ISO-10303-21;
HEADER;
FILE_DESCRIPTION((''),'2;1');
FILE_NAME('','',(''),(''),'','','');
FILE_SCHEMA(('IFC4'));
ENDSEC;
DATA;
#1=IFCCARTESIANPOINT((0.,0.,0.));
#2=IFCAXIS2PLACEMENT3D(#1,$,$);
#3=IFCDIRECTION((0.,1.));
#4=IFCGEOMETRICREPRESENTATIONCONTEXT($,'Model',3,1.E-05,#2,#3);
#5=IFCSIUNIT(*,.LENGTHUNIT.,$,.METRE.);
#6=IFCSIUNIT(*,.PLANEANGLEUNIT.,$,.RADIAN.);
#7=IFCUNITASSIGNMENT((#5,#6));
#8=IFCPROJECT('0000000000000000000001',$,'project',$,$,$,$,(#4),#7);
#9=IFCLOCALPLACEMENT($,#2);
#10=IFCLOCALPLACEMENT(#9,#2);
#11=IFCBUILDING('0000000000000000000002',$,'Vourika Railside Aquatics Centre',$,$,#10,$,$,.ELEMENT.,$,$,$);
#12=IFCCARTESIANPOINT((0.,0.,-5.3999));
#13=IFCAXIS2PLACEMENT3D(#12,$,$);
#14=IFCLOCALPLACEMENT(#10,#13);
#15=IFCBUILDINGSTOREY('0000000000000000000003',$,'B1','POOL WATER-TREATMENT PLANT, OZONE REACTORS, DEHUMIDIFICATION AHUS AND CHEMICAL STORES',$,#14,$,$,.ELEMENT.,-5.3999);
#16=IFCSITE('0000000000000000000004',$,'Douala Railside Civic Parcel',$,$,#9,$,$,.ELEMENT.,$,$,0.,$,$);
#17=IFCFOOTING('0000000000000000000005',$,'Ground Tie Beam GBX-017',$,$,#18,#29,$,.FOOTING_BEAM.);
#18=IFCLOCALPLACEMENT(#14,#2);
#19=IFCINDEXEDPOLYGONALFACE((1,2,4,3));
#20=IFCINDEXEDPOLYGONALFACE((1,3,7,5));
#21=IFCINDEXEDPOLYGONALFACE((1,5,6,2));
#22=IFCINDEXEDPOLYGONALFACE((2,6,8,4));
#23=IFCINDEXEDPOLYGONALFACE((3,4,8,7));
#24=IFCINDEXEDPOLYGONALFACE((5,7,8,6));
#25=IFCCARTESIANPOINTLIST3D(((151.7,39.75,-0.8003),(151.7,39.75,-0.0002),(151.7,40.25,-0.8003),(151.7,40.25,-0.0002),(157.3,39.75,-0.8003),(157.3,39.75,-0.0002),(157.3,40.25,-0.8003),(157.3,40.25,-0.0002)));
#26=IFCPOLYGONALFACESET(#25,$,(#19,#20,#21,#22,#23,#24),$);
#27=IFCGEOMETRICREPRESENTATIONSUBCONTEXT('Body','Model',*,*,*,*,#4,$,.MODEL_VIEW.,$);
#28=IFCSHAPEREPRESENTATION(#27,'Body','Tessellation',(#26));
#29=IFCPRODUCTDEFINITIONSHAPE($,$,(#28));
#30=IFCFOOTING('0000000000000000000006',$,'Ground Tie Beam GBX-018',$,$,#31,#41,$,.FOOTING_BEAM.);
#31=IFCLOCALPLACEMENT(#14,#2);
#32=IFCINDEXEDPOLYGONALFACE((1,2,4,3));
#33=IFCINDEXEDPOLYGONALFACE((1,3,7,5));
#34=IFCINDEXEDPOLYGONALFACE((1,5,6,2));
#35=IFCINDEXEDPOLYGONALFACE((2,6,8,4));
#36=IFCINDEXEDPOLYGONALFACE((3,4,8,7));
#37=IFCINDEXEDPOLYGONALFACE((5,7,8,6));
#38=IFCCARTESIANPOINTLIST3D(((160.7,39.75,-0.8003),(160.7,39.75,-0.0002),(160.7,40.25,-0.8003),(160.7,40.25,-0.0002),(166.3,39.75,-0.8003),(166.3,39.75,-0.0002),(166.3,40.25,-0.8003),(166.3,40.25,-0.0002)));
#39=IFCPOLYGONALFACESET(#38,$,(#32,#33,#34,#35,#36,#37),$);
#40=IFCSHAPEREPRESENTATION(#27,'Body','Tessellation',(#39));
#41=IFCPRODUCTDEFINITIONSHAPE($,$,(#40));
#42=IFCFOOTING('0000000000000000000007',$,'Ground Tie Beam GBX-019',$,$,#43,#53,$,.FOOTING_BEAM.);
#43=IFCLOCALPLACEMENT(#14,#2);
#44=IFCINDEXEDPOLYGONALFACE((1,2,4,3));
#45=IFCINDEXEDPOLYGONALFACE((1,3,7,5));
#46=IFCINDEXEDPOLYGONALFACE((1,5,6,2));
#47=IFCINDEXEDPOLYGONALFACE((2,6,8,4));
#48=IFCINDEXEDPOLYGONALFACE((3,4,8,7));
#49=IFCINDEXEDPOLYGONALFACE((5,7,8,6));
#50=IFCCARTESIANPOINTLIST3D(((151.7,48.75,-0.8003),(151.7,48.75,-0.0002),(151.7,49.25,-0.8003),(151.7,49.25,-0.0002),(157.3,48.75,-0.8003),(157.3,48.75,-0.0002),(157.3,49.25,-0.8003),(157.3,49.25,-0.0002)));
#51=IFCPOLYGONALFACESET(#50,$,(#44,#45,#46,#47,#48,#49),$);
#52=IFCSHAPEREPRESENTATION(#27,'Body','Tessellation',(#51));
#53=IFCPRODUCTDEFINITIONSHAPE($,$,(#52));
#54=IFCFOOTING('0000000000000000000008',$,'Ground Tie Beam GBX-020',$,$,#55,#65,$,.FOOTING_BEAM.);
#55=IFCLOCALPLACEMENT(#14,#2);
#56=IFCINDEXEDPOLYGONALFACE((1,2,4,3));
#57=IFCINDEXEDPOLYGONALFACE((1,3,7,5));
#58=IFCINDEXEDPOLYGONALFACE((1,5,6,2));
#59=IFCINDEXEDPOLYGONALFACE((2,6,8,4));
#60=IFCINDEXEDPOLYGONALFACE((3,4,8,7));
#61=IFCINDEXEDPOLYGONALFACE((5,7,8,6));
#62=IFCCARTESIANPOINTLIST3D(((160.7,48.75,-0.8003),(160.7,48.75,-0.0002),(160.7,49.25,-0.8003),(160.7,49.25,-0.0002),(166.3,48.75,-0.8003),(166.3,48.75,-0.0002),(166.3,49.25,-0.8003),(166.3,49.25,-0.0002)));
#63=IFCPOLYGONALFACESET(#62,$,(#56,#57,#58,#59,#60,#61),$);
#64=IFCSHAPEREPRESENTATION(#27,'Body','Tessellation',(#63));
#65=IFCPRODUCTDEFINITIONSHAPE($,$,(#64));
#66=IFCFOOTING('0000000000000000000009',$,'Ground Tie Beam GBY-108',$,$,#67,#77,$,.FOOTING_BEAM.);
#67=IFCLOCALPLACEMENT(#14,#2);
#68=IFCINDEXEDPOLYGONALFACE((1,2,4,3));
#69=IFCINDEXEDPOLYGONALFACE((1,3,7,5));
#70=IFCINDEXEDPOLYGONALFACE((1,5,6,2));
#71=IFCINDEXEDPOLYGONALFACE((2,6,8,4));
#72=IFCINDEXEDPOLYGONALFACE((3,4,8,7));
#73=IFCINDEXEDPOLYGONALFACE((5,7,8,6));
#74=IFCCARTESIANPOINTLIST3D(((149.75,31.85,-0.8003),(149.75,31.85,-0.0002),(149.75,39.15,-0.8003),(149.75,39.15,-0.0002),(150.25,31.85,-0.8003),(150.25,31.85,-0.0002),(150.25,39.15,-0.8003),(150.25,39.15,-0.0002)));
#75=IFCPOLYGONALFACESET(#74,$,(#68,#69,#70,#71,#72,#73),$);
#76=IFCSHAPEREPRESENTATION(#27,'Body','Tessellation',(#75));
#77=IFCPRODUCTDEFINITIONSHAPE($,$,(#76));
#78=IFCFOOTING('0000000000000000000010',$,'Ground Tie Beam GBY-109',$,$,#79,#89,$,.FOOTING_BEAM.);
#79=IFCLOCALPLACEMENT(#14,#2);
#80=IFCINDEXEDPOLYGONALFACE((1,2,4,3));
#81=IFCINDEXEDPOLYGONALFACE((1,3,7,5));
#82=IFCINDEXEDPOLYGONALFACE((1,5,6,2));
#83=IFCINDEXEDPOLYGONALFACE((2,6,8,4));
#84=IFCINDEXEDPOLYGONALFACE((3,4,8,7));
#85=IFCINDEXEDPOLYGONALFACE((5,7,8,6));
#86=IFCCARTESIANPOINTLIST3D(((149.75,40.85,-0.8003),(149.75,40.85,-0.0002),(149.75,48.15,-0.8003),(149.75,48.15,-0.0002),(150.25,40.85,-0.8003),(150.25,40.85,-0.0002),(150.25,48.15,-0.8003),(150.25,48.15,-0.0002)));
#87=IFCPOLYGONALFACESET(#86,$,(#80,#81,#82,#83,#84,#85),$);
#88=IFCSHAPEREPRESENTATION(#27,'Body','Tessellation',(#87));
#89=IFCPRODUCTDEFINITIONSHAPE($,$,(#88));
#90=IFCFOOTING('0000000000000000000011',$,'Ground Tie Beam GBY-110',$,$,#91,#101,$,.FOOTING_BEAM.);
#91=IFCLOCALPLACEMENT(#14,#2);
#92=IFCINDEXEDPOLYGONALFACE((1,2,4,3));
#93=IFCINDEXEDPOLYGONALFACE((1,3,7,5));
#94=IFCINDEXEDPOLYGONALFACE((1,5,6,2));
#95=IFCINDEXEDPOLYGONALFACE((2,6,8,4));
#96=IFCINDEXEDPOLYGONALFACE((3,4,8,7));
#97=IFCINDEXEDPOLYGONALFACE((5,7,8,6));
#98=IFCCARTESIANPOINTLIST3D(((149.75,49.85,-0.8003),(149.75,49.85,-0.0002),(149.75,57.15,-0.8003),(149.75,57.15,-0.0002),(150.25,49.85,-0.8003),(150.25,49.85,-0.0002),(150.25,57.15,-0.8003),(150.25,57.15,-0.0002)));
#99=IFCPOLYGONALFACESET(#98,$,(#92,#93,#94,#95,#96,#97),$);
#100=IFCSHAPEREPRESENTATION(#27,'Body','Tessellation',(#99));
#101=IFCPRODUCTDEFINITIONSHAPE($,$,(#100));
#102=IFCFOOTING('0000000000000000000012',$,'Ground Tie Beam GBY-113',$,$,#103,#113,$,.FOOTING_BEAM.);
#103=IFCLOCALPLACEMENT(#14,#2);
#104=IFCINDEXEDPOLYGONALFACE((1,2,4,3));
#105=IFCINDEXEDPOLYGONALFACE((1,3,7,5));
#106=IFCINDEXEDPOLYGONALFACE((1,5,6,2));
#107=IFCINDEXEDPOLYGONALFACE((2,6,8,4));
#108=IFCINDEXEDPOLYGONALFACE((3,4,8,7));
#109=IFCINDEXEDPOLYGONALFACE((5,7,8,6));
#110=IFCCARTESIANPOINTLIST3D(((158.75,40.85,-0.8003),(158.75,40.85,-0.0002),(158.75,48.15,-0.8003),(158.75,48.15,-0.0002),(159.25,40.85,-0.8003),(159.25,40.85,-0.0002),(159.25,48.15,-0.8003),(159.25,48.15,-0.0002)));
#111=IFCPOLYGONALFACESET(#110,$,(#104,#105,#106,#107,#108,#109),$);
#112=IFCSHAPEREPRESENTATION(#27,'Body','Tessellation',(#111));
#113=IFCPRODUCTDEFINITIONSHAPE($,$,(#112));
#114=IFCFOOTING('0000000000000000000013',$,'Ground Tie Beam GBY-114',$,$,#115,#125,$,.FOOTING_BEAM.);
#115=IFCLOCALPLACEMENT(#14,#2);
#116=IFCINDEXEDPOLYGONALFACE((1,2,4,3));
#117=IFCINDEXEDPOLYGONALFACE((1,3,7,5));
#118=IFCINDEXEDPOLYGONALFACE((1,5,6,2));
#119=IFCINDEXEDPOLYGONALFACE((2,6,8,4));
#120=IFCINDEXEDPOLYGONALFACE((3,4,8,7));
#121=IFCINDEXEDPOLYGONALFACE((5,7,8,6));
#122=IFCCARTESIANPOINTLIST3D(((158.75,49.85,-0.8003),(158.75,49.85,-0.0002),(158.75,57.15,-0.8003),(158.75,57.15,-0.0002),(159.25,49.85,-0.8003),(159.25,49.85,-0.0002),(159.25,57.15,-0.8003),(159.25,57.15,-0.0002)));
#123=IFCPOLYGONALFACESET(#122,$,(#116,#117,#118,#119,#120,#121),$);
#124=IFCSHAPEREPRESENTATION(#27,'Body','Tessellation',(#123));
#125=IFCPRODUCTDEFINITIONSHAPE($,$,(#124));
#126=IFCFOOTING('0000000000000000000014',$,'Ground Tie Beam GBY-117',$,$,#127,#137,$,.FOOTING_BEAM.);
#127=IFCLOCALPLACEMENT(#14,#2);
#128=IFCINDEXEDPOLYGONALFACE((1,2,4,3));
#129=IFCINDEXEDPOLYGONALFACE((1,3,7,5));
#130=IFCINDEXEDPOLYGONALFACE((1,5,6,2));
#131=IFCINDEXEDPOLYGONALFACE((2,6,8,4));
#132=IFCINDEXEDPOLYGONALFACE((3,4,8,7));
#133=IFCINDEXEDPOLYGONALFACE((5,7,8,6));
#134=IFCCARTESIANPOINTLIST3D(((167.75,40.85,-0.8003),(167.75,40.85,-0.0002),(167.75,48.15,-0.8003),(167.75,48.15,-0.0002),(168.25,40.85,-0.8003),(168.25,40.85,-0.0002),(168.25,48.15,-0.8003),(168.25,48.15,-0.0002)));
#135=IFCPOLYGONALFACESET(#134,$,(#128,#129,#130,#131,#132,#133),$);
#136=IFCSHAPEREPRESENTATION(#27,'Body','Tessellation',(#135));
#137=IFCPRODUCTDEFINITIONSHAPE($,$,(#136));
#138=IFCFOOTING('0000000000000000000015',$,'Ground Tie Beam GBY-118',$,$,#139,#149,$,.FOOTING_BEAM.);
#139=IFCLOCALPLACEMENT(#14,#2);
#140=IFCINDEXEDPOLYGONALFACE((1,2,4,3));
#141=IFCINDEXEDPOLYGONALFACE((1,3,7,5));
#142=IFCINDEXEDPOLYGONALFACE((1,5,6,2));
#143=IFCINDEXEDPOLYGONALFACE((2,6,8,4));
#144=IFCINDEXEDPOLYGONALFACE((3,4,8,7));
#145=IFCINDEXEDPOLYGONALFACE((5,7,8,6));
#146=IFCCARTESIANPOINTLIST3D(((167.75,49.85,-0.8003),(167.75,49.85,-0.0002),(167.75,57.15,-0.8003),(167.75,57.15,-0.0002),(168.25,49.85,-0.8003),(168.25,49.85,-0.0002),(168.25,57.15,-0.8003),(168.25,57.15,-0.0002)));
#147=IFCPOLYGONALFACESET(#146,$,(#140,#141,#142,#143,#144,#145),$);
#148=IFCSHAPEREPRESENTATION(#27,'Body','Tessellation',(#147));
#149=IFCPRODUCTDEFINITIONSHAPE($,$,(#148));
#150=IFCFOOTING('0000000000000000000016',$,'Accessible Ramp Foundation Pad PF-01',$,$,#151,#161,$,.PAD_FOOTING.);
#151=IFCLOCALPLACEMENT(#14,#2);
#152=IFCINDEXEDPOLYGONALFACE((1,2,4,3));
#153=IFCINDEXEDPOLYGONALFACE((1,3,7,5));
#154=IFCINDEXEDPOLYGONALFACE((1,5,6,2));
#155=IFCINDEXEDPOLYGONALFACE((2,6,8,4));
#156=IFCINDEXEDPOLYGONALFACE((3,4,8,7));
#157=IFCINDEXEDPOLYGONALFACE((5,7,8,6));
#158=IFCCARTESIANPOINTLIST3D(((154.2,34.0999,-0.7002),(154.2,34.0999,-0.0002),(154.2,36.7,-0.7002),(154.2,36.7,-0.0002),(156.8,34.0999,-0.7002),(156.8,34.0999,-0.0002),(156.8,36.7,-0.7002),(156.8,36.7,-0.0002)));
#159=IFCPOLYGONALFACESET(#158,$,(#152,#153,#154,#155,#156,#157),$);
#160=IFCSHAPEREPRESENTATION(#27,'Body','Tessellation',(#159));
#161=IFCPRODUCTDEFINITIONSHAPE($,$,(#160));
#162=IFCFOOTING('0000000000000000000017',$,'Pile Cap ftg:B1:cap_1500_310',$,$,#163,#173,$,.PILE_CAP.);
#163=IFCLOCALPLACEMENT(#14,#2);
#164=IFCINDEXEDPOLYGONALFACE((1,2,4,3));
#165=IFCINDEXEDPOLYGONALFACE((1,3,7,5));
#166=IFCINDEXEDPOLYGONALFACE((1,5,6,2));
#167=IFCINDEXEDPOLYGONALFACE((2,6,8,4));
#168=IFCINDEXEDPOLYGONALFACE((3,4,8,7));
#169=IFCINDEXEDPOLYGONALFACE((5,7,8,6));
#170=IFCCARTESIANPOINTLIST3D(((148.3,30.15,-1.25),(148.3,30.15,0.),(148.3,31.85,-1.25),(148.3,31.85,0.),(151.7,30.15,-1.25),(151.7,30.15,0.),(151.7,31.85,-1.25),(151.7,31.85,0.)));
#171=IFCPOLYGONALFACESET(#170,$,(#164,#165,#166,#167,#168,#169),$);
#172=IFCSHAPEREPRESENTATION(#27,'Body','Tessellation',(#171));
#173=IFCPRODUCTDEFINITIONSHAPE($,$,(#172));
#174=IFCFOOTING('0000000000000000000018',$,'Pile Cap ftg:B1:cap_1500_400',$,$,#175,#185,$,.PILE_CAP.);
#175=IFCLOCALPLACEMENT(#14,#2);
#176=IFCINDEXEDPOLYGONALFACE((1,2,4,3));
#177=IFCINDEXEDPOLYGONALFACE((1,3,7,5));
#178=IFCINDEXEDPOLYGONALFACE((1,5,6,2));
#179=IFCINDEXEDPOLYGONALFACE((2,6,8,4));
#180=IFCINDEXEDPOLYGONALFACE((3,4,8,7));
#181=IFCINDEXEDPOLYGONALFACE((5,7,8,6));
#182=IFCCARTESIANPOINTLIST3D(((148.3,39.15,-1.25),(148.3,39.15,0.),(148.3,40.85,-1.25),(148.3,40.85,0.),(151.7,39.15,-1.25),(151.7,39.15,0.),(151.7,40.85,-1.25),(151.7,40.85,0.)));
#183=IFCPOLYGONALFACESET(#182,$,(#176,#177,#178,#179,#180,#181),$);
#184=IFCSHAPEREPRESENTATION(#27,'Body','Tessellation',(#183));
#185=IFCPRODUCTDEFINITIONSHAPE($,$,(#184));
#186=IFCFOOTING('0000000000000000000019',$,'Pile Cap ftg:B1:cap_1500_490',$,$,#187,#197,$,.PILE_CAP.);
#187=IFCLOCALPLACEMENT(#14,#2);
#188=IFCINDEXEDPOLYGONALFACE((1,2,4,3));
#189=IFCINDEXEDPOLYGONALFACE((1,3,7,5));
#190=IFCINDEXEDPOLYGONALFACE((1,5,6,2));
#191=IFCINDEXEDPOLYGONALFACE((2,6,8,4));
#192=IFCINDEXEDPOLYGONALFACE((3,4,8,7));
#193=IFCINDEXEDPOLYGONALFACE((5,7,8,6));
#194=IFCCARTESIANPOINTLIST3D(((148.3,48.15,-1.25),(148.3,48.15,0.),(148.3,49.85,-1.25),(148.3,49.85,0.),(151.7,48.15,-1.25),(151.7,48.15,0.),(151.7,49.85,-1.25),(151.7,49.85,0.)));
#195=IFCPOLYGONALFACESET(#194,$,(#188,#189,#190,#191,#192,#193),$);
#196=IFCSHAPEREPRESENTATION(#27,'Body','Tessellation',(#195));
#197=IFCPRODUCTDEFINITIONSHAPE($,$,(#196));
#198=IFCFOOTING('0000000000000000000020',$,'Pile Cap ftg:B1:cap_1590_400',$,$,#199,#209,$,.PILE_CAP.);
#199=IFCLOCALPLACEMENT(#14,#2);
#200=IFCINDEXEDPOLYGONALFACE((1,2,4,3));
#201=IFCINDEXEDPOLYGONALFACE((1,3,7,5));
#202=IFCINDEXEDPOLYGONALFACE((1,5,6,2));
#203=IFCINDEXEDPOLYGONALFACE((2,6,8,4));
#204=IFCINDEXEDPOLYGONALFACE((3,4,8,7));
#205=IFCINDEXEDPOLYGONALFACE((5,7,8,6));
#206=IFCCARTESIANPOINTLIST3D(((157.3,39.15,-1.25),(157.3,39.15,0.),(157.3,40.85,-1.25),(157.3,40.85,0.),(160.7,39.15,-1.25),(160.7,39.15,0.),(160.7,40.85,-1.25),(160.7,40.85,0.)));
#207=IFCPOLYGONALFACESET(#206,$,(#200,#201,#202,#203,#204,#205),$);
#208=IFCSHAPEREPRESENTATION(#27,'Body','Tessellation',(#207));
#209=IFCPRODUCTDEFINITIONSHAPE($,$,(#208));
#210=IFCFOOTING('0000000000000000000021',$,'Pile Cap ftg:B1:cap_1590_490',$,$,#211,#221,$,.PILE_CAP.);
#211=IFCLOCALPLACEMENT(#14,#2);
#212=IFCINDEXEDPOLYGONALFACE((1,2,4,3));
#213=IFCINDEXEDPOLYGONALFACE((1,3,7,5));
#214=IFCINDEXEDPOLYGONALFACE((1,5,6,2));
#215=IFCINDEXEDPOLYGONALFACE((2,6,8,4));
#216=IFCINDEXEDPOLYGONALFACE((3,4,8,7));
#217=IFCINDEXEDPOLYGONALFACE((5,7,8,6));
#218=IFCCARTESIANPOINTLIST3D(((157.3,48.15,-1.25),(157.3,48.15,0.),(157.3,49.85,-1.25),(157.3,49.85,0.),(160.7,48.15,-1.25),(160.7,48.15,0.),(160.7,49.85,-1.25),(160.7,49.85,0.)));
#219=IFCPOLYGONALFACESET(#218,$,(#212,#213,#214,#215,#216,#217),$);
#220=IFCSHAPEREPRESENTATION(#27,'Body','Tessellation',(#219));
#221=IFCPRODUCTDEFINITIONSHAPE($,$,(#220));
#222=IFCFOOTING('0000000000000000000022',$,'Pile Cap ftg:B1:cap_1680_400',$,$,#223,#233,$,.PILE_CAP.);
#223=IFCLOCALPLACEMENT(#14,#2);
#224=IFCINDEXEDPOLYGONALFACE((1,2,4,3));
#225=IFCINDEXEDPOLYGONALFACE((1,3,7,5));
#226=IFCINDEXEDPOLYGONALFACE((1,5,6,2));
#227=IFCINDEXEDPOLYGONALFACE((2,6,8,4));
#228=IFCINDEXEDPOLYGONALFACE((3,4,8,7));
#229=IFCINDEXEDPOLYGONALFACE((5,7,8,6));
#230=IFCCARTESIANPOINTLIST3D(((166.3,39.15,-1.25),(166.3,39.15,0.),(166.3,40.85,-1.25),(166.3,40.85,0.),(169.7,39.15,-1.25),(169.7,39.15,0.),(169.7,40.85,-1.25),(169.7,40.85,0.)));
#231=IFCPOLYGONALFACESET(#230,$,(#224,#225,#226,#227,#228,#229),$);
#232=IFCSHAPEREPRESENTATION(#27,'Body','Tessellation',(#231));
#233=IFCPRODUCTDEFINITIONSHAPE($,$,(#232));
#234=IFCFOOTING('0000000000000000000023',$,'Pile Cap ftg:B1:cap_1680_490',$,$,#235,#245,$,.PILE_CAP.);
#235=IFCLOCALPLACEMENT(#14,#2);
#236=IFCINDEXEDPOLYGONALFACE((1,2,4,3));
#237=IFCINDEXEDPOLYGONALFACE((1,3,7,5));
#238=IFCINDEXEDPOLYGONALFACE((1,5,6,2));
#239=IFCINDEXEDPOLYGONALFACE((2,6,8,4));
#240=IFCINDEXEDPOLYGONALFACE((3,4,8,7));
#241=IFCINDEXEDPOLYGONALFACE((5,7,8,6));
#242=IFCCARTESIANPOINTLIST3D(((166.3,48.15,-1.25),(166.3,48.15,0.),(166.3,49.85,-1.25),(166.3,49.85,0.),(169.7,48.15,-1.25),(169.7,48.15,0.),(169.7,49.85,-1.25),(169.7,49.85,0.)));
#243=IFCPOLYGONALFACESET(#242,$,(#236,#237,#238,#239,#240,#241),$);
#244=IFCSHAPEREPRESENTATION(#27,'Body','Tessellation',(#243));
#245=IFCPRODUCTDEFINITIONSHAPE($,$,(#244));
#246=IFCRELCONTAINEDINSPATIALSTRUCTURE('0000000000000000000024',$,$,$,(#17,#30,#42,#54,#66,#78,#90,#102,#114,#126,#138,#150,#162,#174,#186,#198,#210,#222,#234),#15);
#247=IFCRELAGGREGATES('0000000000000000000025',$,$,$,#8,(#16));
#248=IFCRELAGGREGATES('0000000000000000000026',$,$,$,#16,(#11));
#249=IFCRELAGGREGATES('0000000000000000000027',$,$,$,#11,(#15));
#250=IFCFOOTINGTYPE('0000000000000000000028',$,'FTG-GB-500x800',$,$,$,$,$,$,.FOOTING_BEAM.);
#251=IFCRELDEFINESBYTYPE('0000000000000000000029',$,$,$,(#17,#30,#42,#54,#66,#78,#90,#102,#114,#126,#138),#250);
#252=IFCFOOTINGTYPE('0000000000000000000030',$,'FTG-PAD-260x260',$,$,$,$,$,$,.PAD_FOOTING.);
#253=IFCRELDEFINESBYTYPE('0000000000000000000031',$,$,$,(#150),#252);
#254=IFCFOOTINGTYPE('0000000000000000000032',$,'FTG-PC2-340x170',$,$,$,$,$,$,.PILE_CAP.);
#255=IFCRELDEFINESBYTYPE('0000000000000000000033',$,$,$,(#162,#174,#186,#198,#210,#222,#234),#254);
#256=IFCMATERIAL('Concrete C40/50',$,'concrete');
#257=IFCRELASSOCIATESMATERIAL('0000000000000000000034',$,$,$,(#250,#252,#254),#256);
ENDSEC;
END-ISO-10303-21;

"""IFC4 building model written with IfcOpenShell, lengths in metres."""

from ifc_helpers import new_model, si_unit, direction, frame, origin, origin_2d, place, context, subcontext, project, spatial, rectangle, extrude, material, type_object, element, save


model = new_model("IFC4")

# Units and contexts
model_context = context("Model", 3, precision=1e-05, world=origin(), true_north=direction((0.0, 1.0)))
body_context = subcontext(model_context, "Body", "Model", "MODEL_VIEW")
ifc_project = project(units=[si_unit("LENGTHUNIT", "METRE"), si_unit("PLANEANGLEUNIT", "RADIAN")], contexts=[model_context])

# Site, building, storey
site_placement = place(None, origin())
site = spatial("IfcSite", under=ifc_project, at=site_placement, Name="Douala Railside Civic Parcel", CompositionType="ELEMENT", RefElevation=0.0)
building_placement = place(site_placement, origin())
building = spatial("IfcBuilding", under=site, at=building_placement, Name="Vourika Railside Aquatics Centre", CompositionType="ELEMENT")
storey_placement = place(building_placement, frame((0.0, 0.0, -5.3999)))
storey = spatial("IfcBuildingStorey", under=building, at=storey_placement, Name="B1", Description="POOL WATER-TREATMENT PLANT, OZONE REACTORS, DEHUMIDIFICATION AHUS AND CHEMICAL STORES", CompositionType="ELEMENT", Elevation=-5.3999)

# Footings
ifc_material_1 = material(Name="Concrete C40/50", Category="concrete")
footing_type_1 = type_object("IfcFootingType", Name="FTG-GB-500x800", PredefinedType="FOOTING_BEAM", material=ifc_material_1)
for number, where, z_axis, x_axis, name in (
    (1, (154.5, 40.0, -0.8003), (0.0, 0.0, 1.0), (1.0, 0.0, 0.0), "Ground Tie Beam GBX-017"),
    (2, (163.5, 40.0, -0.8003), (0.0, 0.0, 1.0), (1.0, 0.0, 0.0), "Ground Tie Beam GBX-018"),
    (3, (154.5, 49.0, -0.8003), (0.0, 0.0, 1.0), (1.0, 0.0, 0.0), "Ground Tie Beam GBX-019"),
    (4, (163.5, 49.0, -0.8003), (0.0, 0.0, 1.0), (1.0, 0.0, 0.0), "Ground Tie Beam GBX-020"),
):
    element("IfcFooting", number, at=place(storey_placement, frame(where, z_axis=z_axis, x_axis=x_axis)), inside=storey, type_object=footing_type_1, Name=name, PredefinedType="FOOTING_BEAM", context=body_context, shape_type="SweptSolid", body=[
        extrude(rectangle(XDim=5.6001, YDim=0.5, at=origin_2d()), origin(), (0.0, 0.0, 1.0), 0.8),
    ])
for number, where, z_axis, x_axis, name in (
    (5, (150.0, 35.5, -0.8003), (0.0, 0.0, 1.0), (0.0, 1.0, 0.0), "Ground Tie Beam GBY-108"),
    (6, (150.0, 44.5, -0.8003), (0.0, 0.0, 1.0), (0.0, 1.0, 0.0), "Ground Tie Beam GBY-109"),
    (7, (150.0, 53.5, -0.8003), (0.0, 0.0, 1.0), (0.0, 1.0, 0.0), "Ground Tie Beam GBY-110"),
    (8, (159.0, 44.5, -0.8003), (0.0, 0.0, 1.0), (0.0, 1.0, 0.0), "Ground Tie Beam GBY-113"),
    (9, (159.0, 53.5, -0.8003), (0.0, 0.0, 1.0), (0.0, 1.0, 0.0), "Ground Tie Beam GBY-114"),
    (10, (168.0, 44.5, -0.8003), (0.0, 0.0, 1.0), (0.0, 1.0, 0.0), "Ground Tie Beam GBY-117"),
    (11, (168.0, 53.5, -0.8003), (0.0, 0.0, 1.0), (0.0, 1.0, 0.0), "Ground Tie Beam GBY-118"),
):
    element("IfcFooting", number, at=place(storey_placement, frame(where, z_axis=z_axis, x_axis=x_axis)), inside=storey, type_object=footing_type_1, Name=name, PredefinedType="FOOTING_BEAM", context=body_context, shape_type="SweptSolid", body=[
        extrude(rectangle(XDim=7.3, YDim=0.5, at=origin_2d()), origin(), (0.0, 0.0, 1.0), 0.8),
    ])
footing_type_2 = type_object("IfcFootingType", Name="FTG-PAD-260x260", PredefinedType="PAD_FOOTING", material=ifc_material_1)
footing_placement = place(storey_placement, frame((155.5, 35.3999, -0.7002), z_axis=(0.0, 0.0, 1.0), x_axis=(1.0, 0.0, 0.0)))
element("IfcFooting", 12, at=footing_placement, inside=storey, type_object=footing_type_2, Name="Accessible Ramp Foundation Pad PF-01", PredefinedType="PAD_FOOTING", context=body_context, shape_type="SweptSolid", body=[
    extrude(rectangle(XDim=2.6001, YDim=2.6001, at=origin_2d()), origin(), (0.0, 0.0, 1.0), 0.7),
])
footing_type_3 = type_object("IfcFootingType", Name="FTG-PC2-340x170", PredefinedType="PILE_CAP", material=ifc_material_1)
for number, where, z_axis, x_axis, name in (
    (13, (150.0, 31.0, -1.25), (0.0, 0.0, 1.0), (1.0, 0.0, 0.0), "Pile Cap ftg:B1:cap_1500_310"),
    (14, (150.0, 40.0, -1.25), (0.0, 0.0, 1.0), (1.0, 0.0, 0.0), "Pile Cap ftg:B1:cap_1500_400"),
    (15, (150.0, 49.0, -1.25), (0.0, 0.0, 1.0), (1.0, 0.0, 0.0), "Pile Cap ftg:B1:cap_1500_490"),
    (16, (159.0, 40.0, -1.25), (0.0, 0.0, 1.0), (1.0, 0.0, 0.0), "Pile Cap ftg:B1:cap_1590_400"),
    (17, (159.0, 49.0, -1.25), (0.0, 0.0, 1.0), (1.0, 0.0, 0.0), "Pile Cap ftg:B1:cap_1590_490"),
    (18, (168.0, 40.0, -1.25), (0.0, 0.0, 1.0), (1.0, 0.0, 0.0), "Pile Cap ftg:B1:cap_1680_400"),
    (19, (168.0, 49.0, -1.25), (0.0, 0.0, 1.0), (1.0, 0.0, 0.0), "Pile Cap ftg:B1:cap_1680_490"),
):
    element("IfcFooting", number, at=place(storey_placement, frame(where, z_axis=z_axis, x_axis=x_axis)), inside=storey, type_object=footing_type_3, Name=name, PredefinedType="PILE_CAP", context=body_context, shape_type="SweptSolid", body=[
        extrude(rectangle(XDim=3.3999, YDim=1.7, at=origin_2d()), origin(), (0.0, 0.0, 1.0), 1.25),
    ])

save(model, "model.ifc")
